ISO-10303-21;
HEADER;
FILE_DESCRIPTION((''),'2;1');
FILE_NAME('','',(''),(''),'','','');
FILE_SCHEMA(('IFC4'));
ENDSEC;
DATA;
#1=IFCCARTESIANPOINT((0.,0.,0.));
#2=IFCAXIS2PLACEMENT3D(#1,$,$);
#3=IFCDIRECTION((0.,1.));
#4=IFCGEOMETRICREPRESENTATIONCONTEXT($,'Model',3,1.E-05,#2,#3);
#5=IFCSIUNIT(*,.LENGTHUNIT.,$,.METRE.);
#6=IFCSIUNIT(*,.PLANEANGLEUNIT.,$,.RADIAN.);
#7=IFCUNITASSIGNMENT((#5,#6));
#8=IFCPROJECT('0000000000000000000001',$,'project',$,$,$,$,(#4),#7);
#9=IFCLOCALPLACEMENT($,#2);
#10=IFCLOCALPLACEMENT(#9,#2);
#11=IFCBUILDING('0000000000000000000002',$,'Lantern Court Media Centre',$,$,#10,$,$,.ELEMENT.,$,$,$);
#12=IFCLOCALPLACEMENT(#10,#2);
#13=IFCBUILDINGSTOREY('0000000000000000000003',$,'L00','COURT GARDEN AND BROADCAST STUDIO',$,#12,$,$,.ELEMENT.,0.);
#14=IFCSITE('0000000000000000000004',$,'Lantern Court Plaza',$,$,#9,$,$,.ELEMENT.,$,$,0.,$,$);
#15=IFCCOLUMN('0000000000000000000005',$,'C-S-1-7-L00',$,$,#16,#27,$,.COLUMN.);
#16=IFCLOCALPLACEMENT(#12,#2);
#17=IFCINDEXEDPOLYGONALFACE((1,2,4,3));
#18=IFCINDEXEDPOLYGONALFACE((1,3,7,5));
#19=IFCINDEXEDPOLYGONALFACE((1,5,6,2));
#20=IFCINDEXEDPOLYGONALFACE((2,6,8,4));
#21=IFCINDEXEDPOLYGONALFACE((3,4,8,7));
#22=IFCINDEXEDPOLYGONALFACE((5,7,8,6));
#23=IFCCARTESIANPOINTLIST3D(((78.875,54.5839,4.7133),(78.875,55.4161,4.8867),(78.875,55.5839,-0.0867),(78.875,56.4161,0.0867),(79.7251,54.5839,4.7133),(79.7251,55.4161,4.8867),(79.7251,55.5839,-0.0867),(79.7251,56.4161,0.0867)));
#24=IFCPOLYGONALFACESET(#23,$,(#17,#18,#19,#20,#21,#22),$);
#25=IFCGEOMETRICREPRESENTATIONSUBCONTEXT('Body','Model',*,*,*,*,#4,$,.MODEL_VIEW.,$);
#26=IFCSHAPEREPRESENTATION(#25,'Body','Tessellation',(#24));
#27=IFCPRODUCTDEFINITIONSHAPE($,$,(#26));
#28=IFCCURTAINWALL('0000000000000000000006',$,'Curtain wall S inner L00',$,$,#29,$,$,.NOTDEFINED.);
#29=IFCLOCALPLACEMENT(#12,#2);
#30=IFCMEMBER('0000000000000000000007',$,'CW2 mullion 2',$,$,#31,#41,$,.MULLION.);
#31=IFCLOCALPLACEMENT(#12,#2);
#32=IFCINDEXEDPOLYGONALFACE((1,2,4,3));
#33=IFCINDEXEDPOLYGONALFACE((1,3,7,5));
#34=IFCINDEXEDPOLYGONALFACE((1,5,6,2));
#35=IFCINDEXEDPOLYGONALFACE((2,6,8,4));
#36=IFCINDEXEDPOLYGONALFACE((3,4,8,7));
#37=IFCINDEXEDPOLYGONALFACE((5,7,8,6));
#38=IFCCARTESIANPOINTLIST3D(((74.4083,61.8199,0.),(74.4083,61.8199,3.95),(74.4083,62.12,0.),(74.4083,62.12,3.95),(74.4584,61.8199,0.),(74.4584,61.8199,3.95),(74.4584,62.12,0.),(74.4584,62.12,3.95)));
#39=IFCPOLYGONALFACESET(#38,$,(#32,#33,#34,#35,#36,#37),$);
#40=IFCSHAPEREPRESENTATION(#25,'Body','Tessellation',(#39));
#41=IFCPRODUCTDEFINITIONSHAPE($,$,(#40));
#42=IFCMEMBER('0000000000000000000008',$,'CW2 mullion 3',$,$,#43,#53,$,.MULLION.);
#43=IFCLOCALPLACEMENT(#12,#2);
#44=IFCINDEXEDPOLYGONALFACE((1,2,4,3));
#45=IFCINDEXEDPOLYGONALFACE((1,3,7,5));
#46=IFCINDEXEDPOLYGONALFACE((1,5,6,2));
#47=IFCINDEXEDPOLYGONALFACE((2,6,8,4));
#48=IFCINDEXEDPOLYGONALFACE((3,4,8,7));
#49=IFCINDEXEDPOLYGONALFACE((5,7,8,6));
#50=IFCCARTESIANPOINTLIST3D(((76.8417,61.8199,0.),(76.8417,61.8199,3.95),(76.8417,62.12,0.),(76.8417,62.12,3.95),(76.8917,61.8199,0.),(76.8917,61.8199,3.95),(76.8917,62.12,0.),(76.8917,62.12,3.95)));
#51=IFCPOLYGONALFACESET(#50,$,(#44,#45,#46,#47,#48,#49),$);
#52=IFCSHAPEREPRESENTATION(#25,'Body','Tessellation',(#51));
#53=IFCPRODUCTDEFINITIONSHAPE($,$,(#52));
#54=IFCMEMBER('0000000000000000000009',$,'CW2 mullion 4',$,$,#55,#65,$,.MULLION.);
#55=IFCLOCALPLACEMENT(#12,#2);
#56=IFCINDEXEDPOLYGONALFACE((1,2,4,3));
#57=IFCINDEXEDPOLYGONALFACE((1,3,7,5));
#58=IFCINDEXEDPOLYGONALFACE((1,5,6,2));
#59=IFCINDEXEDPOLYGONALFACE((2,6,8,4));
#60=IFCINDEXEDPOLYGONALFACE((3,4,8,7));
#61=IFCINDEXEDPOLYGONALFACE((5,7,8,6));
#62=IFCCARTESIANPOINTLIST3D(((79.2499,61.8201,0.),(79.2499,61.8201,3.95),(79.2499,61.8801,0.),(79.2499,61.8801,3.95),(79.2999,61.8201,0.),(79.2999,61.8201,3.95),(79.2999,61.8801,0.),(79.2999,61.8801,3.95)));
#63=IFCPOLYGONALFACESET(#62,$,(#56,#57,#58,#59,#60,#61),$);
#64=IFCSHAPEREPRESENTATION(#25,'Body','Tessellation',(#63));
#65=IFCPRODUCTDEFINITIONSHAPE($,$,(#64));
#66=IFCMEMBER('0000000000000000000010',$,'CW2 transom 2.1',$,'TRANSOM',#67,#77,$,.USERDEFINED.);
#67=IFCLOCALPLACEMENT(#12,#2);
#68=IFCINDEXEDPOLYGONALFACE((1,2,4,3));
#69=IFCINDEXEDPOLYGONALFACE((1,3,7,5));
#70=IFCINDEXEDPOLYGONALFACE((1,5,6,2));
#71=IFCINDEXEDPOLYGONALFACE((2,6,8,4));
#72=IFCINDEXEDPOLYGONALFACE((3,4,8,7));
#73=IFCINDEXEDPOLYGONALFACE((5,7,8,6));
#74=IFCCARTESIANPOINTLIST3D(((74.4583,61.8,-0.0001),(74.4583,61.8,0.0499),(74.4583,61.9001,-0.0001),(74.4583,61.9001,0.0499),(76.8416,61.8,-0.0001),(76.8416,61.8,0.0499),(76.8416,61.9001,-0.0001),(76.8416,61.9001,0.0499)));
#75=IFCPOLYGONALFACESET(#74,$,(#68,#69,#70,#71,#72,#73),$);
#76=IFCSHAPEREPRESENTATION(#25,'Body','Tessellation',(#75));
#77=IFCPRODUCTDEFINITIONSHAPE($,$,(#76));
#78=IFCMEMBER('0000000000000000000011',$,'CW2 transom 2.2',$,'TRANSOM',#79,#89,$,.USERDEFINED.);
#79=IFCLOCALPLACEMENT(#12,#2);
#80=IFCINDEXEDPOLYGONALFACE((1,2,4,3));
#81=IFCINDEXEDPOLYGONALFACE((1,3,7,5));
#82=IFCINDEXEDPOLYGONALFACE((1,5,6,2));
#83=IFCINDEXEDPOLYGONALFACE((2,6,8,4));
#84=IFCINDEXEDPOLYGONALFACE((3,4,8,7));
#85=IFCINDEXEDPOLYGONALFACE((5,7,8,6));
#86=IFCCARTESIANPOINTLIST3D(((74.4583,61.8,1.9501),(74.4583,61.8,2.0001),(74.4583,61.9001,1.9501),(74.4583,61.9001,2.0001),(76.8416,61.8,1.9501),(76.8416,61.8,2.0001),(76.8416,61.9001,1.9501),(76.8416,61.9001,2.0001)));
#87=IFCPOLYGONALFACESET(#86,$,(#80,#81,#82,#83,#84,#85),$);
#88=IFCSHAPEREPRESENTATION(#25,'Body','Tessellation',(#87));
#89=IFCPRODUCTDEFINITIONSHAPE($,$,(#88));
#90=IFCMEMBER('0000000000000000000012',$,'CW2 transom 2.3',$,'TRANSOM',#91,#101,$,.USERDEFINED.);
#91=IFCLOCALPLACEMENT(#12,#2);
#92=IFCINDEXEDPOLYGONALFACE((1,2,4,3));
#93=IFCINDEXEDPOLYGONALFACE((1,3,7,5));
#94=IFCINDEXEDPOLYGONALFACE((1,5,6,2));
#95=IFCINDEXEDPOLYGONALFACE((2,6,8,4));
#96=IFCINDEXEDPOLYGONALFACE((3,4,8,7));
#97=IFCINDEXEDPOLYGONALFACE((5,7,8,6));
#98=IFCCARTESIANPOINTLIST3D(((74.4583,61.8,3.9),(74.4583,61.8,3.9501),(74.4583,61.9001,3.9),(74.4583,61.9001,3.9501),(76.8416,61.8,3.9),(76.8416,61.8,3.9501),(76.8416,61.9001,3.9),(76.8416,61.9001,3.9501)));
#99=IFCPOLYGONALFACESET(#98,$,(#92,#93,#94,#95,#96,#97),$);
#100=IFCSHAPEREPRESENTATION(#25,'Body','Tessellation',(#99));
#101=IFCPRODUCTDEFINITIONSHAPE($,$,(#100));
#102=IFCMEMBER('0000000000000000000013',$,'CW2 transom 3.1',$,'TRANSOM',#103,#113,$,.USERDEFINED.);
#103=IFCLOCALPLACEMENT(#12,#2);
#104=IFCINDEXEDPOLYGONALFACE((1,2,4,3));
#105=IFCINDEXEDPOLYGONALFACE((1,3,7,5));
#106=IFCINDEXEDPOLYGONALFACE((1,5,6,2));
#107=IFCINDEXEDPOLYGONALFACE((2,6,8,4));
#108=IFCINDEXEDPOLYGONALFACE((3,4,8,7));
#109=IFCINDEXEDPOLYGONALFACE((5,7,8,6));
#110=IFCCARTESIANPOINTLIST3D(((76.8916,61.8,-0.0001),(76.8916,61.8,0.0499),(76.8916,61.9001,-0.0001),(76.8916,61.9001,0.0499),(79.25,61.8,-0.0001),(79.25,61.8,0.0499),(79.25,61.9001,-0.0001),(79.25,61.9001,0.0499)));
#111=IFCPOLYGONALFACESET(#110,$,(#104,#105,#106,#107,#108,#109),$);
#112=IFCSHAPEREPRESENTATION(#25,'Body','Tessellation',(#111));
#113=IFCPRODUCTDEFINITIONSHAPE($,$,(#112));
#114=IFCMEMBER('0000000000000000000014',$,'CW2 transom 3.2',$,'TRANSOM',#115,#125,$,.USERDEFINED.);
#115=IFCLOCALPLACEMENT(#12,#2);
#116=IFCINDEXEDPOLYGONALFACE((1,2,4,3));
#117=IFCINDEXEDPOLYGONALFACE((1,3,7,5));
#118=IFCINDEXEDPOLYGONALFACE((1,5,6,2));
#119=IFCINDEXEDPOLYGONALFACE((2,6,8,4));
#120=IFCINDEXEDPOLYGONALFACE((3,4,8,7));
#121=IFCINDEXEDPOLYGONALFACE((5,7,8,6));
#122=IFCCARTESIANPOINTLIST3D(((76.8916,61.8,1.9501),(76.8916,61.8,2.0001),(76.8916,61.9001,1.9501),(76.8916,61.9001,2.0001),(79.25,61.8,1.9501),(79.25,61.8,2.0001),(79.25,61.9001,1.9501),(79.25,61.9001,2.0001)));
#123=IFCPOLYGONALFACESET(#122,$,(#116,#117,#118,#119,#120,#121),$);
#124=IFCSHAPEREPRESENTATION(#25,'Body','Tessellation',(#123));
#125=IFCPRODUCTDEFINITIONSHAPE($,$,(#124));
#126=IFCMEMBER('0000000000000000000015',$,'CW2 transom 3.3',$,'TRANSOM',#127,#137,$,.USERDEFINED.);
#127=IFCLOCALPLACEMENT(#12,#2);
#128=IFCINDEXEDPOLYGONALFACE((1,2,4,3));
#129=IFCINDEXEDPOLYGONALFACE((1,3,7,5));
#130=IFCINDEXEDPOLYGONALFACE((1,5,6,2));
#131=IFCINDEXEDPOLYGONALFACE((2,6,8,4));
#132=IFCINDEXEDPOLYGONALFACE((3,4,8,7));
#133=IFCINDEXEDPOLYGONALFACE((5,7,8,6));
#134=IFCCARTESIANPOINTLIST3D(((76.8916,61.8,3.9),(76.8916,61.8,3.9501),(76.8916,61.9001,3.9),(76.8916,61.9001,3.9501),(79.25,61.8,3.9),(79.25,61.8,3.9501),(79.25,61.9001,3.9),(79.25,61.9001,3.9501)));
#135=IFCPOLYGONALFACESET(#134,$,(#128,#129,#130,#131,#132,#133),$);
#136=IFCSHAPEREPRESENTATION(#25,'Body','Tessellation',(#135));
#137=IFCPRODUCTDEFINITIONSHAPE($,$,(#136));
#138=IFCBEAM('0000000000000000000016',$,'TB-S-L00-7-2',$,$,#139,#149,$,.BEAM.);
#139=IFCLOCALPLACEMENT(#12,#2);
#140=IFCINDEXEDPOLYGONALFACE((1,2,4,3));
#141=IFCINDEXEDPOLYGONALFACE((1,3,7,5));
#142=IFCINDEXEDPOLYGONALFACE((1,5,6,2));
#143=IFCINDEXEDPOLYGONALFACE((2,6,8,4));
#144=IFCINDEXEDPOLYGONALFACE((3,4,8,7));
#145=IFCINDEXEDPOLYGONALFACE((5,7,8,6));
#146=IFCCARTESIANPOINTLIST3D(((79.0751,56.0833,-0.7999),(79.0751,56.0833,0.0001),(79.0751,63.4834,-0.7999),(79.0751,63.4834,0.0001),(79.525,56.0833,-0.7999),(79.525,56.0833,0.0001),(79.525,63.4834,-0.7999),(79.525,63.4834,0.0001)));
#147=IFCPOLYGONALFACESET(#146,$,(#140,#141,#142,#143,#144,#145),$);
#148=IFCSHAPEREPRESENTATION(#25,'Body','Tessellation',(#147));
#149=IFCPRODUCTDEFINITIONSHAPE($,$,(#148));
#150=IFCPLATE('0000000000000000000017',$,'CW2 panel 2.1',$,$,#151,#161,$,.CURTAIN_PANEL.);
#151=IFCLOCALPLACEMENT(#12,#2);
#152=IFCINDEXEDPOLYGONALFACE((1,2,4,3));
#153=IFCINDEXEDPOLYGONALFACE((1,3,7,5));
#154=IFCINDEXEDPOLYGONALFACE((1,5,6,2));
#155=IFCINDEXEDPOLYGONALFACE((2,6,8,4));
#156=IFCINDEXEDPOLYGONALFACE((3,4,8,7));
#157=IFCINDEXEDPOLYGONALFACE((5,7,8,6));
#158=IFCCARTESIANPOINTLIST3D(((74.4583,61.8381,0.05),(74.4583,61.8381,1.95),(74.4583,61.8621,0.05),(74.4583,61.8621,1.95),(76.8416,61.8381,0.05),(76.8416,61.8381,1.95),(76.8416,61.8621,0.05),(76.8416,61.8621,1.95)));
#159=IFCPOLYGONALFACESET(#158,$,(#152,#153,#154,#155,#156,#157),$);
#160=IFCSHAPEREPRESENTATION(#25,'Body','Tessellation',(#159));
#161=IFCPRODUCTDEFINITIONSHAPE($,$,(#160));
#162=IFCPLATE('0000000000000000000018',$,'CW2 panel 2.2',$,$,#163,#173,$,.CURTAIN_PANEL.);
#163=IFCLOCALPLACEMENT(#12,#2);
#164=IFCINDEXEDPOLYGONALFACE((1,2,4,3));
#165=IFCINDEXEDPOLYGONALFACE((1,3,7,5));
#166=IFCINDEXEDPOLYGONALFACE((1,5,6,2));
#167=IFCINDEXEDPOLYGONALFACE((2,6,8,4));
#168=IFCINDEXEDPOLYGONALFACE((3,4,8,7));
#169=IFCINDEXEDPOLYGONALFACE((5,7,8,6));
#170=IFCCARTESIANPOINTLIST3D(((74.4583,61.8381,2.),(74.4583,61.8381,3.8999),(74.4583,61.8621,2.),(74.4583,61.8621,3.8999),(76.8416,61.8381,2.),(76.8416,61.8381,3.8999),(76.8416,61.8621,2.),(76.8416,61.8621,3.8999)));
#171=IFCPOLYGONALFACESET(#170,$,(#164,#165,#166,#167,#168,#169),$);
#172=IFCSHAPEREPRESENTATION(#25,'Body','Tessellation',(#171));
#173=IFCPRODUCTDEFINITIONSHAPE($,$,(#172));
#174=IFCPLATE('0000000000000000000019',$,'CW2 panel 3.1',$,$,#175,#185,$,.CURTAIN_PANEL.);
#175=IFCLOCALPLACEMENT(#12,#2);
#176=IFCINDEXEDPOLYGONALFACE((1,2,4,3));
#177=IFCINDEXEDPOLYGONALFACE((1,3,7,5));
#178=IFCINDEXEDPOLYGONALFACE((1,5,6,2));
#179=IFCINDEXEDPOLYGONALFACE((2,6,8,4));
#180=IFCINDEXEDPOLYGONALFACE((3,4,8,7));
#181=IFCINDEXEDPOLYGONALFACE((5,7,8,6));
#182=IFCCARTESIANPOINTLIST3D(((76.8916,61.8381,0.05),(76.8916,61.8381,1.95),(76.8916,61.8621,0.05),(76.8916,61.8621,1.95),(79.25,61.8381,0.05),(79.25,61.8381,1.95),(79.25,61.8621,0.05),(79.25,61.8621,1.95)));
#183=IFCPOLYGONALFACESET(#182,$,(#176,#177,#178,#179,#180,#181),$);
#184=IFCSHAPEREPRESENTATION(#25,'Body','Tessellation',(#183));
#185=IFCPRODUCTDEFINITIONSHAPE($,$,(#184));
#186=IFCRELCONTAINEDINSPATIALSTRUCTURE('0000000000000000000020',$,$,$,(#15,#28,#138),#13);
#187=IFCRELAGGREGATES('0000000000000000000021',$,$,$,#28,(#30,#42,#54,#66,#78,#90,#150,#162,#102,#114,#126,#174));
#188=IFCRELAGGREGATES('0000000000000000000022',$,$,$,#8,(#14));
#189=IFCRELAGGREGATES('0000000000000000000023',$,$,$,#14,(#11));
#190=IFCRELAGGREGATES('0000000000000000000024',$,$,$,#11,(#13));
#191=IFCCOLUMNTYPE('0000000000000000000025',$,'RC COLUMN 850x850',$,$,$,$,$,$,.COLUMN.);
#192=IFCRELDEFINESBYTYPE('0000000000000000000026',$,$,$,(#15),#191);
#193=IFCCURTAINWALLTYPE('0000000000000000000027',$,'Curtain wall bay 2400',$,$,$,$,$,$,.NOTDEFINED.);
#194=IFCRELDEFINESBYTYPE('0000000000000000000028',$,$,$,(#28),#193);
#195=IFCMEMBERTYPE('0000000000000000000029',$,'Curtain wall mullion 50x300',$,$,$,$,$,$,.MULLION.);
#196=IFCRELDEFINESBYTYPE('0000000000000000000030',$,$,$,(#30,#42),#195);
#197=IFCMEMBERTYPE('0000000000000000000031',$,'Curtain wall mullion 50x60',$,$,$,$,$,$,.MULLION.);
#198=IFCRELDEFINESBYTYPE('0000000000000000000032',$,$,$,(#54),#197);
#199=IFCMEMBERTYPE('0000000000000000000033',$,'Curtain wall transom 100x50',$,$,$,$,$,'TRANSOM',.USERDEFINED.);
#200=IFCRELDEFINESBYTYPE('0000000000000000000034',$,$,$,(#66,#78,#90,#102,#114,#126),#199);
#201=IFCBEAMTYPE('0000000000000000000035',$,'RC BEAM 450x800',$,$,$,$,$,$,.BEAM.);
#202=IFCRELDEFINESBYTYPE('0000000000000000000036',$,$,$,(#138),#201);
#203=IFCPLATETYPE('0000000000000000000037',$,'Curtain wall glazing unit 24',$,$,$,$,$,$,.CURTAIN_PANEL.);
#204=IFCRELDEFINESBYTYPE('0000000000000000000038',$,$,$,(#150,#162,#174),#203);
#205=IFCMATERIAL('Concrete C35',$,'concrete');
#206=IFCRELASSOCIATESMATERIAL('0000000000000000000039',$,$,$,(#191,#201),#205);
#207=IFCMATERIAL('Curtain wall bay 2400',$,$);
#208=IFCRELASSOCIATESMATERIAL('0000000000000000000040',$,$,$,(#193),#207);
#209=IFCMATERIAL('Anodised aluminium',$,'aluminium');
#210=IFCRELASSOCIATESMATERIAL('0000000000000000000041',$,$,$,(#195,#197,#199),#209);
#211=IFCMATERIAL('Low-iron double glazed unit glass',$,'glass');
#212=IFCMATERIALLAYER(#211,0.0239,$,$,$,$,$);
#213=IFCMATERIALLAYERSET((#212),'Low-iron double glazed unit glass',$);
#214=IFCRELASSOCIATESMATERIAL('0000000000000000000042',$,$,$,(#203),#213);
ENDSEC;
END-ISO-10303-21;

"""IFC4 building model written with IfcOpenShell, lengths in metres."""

from ifc_helpers import new_model, si_unit, direction, frame, origin, origin_2d, place, context, subcontext, project, spatial, rectangle, extrude, material, layer, layer_set, material_profile, profile_set, type_object, element, aggregate, save


model = new_model("IFC4")

# Units and contexts
model_context = context("Model", 3, precision=1e-05, world=origin(), true_north=direction((0.0, 1.0)))
body_context = subcontext(model_context, "Body", "Model", "MODEL_VIEW")
ifc_project = project(units=[si_unit("LENGTHUNIT", "METRE"), si_unit("PLANEANGLEUNIT", "RADIAN")], contexts=[model_context])

# Site, building, storey
site_placement = place(None, origin())
site = spatial("IfcSite", under=ifc_project, at=site_placement, Name="Lantern Court Plaza", CompositionType="ELEMENT", RefElevation=0.0)
building_placement = place(site_placement, origin())
building = spatial("IfcBuilding", under=site, at=building_placement, Name="Lantern Court Media Centre", CompositionType="ELEMENT")
storey_placement = place(building_placement, origin())
storey = spatial("IfcBuildingStorey", under=building, at=storey_placement, Name="L00", Description="COURT GARDEN AND BROADCAST STUDIO", CompositionType="ELEMENT", Elevation=0.0)

# Column
ifc_material_1 = material(Name="Concrete C35", Category="concrete")
ifc_material_profile_1 = material_profile(ifc_material_1, rectangle(XDim=0.8501, YDim=0.8501, at=origin_2d()), Name="RC 850x850")
ifc_profile_set_1 = profile_set([ifc_material_profile_1], Name="Concrete C35")
column_type = type_object("IfcColumnType", Name="RC COLUMN 850x850", PredefinedType="COLUMN", material=ifc_profile_set_1)
column_placement = place(storey_placement, frame((79.3, 56.0, 0.0), z_axis=(0.0, -0.203952, 0.978981), x_axis=(1.0, 0.0, 0.0)))
element("IfcColumn", 1, at=column_placement, inside=storey, type_object=column_type, Name="C-S-1-7-L00", PredefinedType="COLUMN", context=body_context, shape_type="SweptSolid", body=[
    extrude(rectangle(XDim=0.8501, YDim=0.8501, at=origin_2d()), origin(), (0.0, 0.0, 1.0), 4.9031),
])

# Curtain wall, members
ifc_material_2 = material(Name="Curtain wall bay 2400")
curtain_wall_type = type_object("IfcCurtainWallType", Name="Curtain wall bay 2400", PredefinedType="NOTDEFINED", material=ifc_material_2)
curtain_wall_placement = place(storey_placement, origin())
curtain_wall = element("IfcCurtainWall", 2, at=curtain_wall_placement, inside=storey, type_object=curtain_wall_type, Name="Curtain wall S inner L00", PredefinedType="NOTDEFINED")
ifc_material_3 = material(Name="Anodised aluminium", Category="aluminium")
ifc_material_profile_2 = material_profile(ifc_material_3, rectangle(XDim=0.3, YDim=0.05, at=origin_2d()), Name="AL 50x300")
ifc_profile_set_2 = profile_set([ifc_material_profile_2], Name="Anodised aluminium")
member_type_1 = type_object("IfcMemberType", Name="Curtain wall mullion 50x300", PredefinedType="MULLION", material=ifc_profile_set_2)
member_1_placement = place(storey_placement, frame((74.4333, 61.97, 0.0), z_axis=(0.0, 0.0, 1.0), x_axis=(0.0, 1.0, 0.0)))
member_1 = element("IfcMember", 3, at=member_1_placement, type_object=member_type_1, Name="CW2 mullion 2", PredefinedType="MULLION", context=body_context, shape_type="SweptSolid", body=[
    extrude(rectangle(XDim=0.3, YDim=0.05, at=origin_2d()), origin(), (0.0, 0.0, 1.0), 3.95),
])
member_2_placement = place(storey_placement, frame((76.8667, 61.97, 0.0), z_axis=(0.0, 0.0, 1.0), x_axis=(0.0, 1.0, 0.0)))
member_2 = element("IfcMember", 4, at=member_2_placement, type_object=member_type_1, Name="CW2 mullion 3", PredefinedType="MULLION", context=body_context, shape_type="SweptSolid", body=[
    extrude(rectangle(XDim=0.3, YDim=0.05, at=origin_2d()), origin(), (0.0, 0.0, 1.0), 3.95),
])
ifc_material_profile_3 = material_profile(ifc_material_3, rectangle(XDim=0.0601, YDim=0.05, at=origin_2d()), Name="AL 50x60")
ifc_profile_set_3 = profile_set([ifc_material_profile_3], Name="Anodised aluminium")
member_type_2 = type_object("IfcMemberType", Name="Curtain wall mullion 50x60", PredefinedType="MULLION", material=ifc_profile_set_3)
member_3_placement = place(storey_placement, frame((79.2749, 61.8501, 0.0), z_axis=(0.0, 0.0, 1.0), x_axis=(0.0, 1.0, 0.0)))
member_3 = element("IfcMember", 5, at=member_3_placement, type_object=member_type_2, Name="CW2 mullion 4", PredefinedType="MULLION", context=body_context, shape_type="SweptSolid", body=[
    extrude(rectangle(XDim=0.0601, YDim=0.05, at=origin_2d()), origin(), (0.0, 0.0, 1.0), 3.95),
])
ifc_material_profile_4 = material_profile(ifc_material_3, rectangle(XDim=0.1001, YDim=0.05, at=origin_2d()), Name="AL 50x100")
ifc_profile_set_4 = profile_set([ifc_material_profile_4], Name="Anodised aluminium")
member_type_3 = type_object("IfcMemberType", Name="Curtain wall transom 100x50", ElementType="TRANSOM", PredefinedType="USERDEFINED", material=ifc_profile_set_4)
member_4_placement = place(storey_placement, frame((74.4583, 61.8501, 0.0249), z_axis=(1.0, 0.0, 0.0), x_axis=(0.0, 1.0, 0.0)))
member_4 = element("IfcMember", 6, at=member_4_placement, type_object=member_type_3, Name="CW2 transom 2.1", ObjectType="TRANSOM", PredefinedType="USERDEFINED", context=body_context, shape_type="SweptSolid", body=[
    extrude(rectangle(XDim=0.1001, YDim=0.05, at=origin_2d()), origin(), (0.0, 0.0, 1.0), 2.3833),
])
member_5_placement = place(storey_placement, frame((74.4583, 61.8501, 1.9751), z_axis=(1.0, 0.0, 0.0), x_axis=(0.0, 1.0, 0.0)))
member_5 = element("IfcMember", 7, at=member_5_placement, type_object=member_type_3, Name="CW2 transom 2.2", ObjectType="TRANSOM", PredefinedType="USERDEFINED", context=body_context, shape_type="SweptSolid", body=[
    extrude(rectangle(XDim=0.1001, YDim=0.05, at=origin_2d()), origin(), (0.0, 0.0, 1.0), 2.3833),
])
member_6_placement = place(storey_placement, frame((74.4583, 61.8501, 3.925), z_axis=(1.0, 0.0, 0.0), x_axis=(0.0, 1.0, 0.0)))
member_6 = element("IfcMember", 8, at=member_6_placement, type_object=member_type_3, Name="CW2 transom 2.3", ObjectType="TRANSOM", PredefinedType="USERDEFINED", context=body_context, shape_type="SweptSolid", body=[
    extrude(rectangle(XDim=0.1001, YDim=0.05, at=origin_2d()), origin(), (0.0, 0.0, 1.0), 2.3833),
])
member_7_placement = place(storey_placement, frame((76.8916, 61.8501, 0.0249), z_axis=(1.0, 0.0, 0.0), x_axis=(0.0, 1.0, 0.0)))
member_7 = element("IfcMember", 9, at=member_7_placement, type_object=member_type_3, Name="CW2 transom 3.1", ObjectType="TRANSOM", PredefinedType="USERDEFINED", context=body_context, shape_type="SweptSolid", body=[
    extrude(rectangle(XDim=0.1001, YDim=0.05, at=origin_2d()), origin(), (0.0, 0.0, 1.0), 2.3584),
])
member_8_placement = place(storey_placement, frame((76.8916, 61.8501, 1.9751), z_axis=(1.0, 0.0, 0.0), x_axis=(0.0, 1.0, 0.0)))
member_8 = element("IfcMember", 10, at=member_8_placement, type_object=member_type_3, Name="CW2 transom 3.2", ObjectType="TRANSOM", PredefinedType="USERDEFINED", context=body_context, shape_type="SweptSolid", body=[
    extrude(rectangle(XDim=0.1001, YDim=0.05, at=origin_2d()), origin(), (0.0, 0.0, 1.0), 2.3584),
])
member_9_placement = place(storey_placement, frame((76.8916, 61.8501, 3.925), z_axis=(1.0, 0.0, 0.0), x_axis=(0.0, 1.0, 0.0)))
member_9 = element("IfcMember", 11, at=member_9_placement, type_object=member_type_3, Name="CW2 transom 3.3", ObjectType="TRANSOM", PredefinedType="USERDEFINED", context=body_context, shape_type="SweptSolid", body=[
    extrude(rectangle(XDim=0.1001, YDim=0.05, at=origin_2d()), origin(), (0.0, 0.0, 1.0), 2.3584),
])

# Beam
ifc_material_profile_5 = material_profile(ifc_material_1, rectangle(XDim=0.45, YDim=0.8, at=origin_2d()), Name="RC 450x800")
ifc_profile_set_5 = profile_set([ifc_material_profile_5], Name="Concrete C35")
beam_type = type_object("IfcBeamType", Name="RC BEAM 450x800", PredefinedType="BEAM", material=ifc_profile_set_5)
beam_placement = place(storey_placement, frame((79.3, 56.0833, -0.3999), z_axis=(0.0, 1.0, 0.0), x_axis=(-1.0, 0.0, 0.0)))
element("IfcBeam", 12, at=beam_placement, inside=storey, type_object=beam_type, Name="TB-S-L00-7-2", PredefinedType="BEAM", context=body_context, shape_type="SweptSolid", body=[
    extrude(rectangle(XDim=0.45, YDim=0.8, at=origin_2d()), origin(), (0.0, 0.0, 1.0), 7.4001),
])

# Plates
ifc_material_4 = material(Name="Low-iron double glazed unit glass", Category="glass")
ifc_layer_1 = layer(ifc_material_4, 0.0239)
ifc_layer_set_1 = layer_set([ifc_layer_1], Name="Low-iron double glazed unit glass")
plate_type = type_object("IfcPlateType", Name="Curtain wall glazing unit 24", PredefinedType="CURTAIN_PANEL", material=ifc_layer_set_1)
plate_1_placement = place(storey_placement, frame((75.6499, 61.8501, 0.05), z_axis=(0.0, 0.0, 1.0), x_axis=(1.0, 0.0, 0.0)))
plate_1 = element("IfcPlate", 13, at=plate_1_placement, type_object=plate_type, Name="CW2 panel 2.1", PredefinedType="CURTAIN_PANEL", context=body_context, shape_type="SweptSolid", body=[
    extrude(rectangle(XDim=2.3833, YDim=0.0239, at=origin_2d()), origin(), (0.0, 0.0, 1.0), 1.8999),
])
plate_2_placement = place(storey_placement, frame((75.6499, 61.8501, 2.0), z_axis=(0.0, 0.0, 1.0), x_axis=(1.0, 0.0, 0.0)))
plate_2 = element("IfcPlate", 14, at=plate_2_placement, type_object=plate_type, Name="CW2 panel 2.2", PredefinedType="CURTAIN_PANEL", context=body_context, shape_type="SweptSolid", body=[
    extrude(rectangle(XDim=2.3833, YDim=0.0239, at=origin_2d()), origin(), (0.0, 0.0, 1.0), 1.8999),
])
plate_3_placement = place(storey_placement, frame((78.0708, 61.8501, 0.05), z_axis=(0.0, 0.0, 1.0), x_axis=(1.0, 0.0, 0.0)))
plate_3 = element("IfcPlate", 15, at=plate_3_placement, type_object=plate_type, Name="CW2 panel 3.1", PredefinedType="CURTAIN_PANEL", context=body_context, shape_type="SweptSolid", body=[
    extrude(rectangle(XDim=2.3584, YDim=0.0239, at=origin_2d()), origin(), (0.0, 0.0, 1.0), 1.8999),
])
aggregate(curtain_wall, [member_1, member_2, member_3, member_4, member_5, member_6, plate_1, plate_2, member_7, member_8, member_9, plate_3])

save(model, "model.ifc")
